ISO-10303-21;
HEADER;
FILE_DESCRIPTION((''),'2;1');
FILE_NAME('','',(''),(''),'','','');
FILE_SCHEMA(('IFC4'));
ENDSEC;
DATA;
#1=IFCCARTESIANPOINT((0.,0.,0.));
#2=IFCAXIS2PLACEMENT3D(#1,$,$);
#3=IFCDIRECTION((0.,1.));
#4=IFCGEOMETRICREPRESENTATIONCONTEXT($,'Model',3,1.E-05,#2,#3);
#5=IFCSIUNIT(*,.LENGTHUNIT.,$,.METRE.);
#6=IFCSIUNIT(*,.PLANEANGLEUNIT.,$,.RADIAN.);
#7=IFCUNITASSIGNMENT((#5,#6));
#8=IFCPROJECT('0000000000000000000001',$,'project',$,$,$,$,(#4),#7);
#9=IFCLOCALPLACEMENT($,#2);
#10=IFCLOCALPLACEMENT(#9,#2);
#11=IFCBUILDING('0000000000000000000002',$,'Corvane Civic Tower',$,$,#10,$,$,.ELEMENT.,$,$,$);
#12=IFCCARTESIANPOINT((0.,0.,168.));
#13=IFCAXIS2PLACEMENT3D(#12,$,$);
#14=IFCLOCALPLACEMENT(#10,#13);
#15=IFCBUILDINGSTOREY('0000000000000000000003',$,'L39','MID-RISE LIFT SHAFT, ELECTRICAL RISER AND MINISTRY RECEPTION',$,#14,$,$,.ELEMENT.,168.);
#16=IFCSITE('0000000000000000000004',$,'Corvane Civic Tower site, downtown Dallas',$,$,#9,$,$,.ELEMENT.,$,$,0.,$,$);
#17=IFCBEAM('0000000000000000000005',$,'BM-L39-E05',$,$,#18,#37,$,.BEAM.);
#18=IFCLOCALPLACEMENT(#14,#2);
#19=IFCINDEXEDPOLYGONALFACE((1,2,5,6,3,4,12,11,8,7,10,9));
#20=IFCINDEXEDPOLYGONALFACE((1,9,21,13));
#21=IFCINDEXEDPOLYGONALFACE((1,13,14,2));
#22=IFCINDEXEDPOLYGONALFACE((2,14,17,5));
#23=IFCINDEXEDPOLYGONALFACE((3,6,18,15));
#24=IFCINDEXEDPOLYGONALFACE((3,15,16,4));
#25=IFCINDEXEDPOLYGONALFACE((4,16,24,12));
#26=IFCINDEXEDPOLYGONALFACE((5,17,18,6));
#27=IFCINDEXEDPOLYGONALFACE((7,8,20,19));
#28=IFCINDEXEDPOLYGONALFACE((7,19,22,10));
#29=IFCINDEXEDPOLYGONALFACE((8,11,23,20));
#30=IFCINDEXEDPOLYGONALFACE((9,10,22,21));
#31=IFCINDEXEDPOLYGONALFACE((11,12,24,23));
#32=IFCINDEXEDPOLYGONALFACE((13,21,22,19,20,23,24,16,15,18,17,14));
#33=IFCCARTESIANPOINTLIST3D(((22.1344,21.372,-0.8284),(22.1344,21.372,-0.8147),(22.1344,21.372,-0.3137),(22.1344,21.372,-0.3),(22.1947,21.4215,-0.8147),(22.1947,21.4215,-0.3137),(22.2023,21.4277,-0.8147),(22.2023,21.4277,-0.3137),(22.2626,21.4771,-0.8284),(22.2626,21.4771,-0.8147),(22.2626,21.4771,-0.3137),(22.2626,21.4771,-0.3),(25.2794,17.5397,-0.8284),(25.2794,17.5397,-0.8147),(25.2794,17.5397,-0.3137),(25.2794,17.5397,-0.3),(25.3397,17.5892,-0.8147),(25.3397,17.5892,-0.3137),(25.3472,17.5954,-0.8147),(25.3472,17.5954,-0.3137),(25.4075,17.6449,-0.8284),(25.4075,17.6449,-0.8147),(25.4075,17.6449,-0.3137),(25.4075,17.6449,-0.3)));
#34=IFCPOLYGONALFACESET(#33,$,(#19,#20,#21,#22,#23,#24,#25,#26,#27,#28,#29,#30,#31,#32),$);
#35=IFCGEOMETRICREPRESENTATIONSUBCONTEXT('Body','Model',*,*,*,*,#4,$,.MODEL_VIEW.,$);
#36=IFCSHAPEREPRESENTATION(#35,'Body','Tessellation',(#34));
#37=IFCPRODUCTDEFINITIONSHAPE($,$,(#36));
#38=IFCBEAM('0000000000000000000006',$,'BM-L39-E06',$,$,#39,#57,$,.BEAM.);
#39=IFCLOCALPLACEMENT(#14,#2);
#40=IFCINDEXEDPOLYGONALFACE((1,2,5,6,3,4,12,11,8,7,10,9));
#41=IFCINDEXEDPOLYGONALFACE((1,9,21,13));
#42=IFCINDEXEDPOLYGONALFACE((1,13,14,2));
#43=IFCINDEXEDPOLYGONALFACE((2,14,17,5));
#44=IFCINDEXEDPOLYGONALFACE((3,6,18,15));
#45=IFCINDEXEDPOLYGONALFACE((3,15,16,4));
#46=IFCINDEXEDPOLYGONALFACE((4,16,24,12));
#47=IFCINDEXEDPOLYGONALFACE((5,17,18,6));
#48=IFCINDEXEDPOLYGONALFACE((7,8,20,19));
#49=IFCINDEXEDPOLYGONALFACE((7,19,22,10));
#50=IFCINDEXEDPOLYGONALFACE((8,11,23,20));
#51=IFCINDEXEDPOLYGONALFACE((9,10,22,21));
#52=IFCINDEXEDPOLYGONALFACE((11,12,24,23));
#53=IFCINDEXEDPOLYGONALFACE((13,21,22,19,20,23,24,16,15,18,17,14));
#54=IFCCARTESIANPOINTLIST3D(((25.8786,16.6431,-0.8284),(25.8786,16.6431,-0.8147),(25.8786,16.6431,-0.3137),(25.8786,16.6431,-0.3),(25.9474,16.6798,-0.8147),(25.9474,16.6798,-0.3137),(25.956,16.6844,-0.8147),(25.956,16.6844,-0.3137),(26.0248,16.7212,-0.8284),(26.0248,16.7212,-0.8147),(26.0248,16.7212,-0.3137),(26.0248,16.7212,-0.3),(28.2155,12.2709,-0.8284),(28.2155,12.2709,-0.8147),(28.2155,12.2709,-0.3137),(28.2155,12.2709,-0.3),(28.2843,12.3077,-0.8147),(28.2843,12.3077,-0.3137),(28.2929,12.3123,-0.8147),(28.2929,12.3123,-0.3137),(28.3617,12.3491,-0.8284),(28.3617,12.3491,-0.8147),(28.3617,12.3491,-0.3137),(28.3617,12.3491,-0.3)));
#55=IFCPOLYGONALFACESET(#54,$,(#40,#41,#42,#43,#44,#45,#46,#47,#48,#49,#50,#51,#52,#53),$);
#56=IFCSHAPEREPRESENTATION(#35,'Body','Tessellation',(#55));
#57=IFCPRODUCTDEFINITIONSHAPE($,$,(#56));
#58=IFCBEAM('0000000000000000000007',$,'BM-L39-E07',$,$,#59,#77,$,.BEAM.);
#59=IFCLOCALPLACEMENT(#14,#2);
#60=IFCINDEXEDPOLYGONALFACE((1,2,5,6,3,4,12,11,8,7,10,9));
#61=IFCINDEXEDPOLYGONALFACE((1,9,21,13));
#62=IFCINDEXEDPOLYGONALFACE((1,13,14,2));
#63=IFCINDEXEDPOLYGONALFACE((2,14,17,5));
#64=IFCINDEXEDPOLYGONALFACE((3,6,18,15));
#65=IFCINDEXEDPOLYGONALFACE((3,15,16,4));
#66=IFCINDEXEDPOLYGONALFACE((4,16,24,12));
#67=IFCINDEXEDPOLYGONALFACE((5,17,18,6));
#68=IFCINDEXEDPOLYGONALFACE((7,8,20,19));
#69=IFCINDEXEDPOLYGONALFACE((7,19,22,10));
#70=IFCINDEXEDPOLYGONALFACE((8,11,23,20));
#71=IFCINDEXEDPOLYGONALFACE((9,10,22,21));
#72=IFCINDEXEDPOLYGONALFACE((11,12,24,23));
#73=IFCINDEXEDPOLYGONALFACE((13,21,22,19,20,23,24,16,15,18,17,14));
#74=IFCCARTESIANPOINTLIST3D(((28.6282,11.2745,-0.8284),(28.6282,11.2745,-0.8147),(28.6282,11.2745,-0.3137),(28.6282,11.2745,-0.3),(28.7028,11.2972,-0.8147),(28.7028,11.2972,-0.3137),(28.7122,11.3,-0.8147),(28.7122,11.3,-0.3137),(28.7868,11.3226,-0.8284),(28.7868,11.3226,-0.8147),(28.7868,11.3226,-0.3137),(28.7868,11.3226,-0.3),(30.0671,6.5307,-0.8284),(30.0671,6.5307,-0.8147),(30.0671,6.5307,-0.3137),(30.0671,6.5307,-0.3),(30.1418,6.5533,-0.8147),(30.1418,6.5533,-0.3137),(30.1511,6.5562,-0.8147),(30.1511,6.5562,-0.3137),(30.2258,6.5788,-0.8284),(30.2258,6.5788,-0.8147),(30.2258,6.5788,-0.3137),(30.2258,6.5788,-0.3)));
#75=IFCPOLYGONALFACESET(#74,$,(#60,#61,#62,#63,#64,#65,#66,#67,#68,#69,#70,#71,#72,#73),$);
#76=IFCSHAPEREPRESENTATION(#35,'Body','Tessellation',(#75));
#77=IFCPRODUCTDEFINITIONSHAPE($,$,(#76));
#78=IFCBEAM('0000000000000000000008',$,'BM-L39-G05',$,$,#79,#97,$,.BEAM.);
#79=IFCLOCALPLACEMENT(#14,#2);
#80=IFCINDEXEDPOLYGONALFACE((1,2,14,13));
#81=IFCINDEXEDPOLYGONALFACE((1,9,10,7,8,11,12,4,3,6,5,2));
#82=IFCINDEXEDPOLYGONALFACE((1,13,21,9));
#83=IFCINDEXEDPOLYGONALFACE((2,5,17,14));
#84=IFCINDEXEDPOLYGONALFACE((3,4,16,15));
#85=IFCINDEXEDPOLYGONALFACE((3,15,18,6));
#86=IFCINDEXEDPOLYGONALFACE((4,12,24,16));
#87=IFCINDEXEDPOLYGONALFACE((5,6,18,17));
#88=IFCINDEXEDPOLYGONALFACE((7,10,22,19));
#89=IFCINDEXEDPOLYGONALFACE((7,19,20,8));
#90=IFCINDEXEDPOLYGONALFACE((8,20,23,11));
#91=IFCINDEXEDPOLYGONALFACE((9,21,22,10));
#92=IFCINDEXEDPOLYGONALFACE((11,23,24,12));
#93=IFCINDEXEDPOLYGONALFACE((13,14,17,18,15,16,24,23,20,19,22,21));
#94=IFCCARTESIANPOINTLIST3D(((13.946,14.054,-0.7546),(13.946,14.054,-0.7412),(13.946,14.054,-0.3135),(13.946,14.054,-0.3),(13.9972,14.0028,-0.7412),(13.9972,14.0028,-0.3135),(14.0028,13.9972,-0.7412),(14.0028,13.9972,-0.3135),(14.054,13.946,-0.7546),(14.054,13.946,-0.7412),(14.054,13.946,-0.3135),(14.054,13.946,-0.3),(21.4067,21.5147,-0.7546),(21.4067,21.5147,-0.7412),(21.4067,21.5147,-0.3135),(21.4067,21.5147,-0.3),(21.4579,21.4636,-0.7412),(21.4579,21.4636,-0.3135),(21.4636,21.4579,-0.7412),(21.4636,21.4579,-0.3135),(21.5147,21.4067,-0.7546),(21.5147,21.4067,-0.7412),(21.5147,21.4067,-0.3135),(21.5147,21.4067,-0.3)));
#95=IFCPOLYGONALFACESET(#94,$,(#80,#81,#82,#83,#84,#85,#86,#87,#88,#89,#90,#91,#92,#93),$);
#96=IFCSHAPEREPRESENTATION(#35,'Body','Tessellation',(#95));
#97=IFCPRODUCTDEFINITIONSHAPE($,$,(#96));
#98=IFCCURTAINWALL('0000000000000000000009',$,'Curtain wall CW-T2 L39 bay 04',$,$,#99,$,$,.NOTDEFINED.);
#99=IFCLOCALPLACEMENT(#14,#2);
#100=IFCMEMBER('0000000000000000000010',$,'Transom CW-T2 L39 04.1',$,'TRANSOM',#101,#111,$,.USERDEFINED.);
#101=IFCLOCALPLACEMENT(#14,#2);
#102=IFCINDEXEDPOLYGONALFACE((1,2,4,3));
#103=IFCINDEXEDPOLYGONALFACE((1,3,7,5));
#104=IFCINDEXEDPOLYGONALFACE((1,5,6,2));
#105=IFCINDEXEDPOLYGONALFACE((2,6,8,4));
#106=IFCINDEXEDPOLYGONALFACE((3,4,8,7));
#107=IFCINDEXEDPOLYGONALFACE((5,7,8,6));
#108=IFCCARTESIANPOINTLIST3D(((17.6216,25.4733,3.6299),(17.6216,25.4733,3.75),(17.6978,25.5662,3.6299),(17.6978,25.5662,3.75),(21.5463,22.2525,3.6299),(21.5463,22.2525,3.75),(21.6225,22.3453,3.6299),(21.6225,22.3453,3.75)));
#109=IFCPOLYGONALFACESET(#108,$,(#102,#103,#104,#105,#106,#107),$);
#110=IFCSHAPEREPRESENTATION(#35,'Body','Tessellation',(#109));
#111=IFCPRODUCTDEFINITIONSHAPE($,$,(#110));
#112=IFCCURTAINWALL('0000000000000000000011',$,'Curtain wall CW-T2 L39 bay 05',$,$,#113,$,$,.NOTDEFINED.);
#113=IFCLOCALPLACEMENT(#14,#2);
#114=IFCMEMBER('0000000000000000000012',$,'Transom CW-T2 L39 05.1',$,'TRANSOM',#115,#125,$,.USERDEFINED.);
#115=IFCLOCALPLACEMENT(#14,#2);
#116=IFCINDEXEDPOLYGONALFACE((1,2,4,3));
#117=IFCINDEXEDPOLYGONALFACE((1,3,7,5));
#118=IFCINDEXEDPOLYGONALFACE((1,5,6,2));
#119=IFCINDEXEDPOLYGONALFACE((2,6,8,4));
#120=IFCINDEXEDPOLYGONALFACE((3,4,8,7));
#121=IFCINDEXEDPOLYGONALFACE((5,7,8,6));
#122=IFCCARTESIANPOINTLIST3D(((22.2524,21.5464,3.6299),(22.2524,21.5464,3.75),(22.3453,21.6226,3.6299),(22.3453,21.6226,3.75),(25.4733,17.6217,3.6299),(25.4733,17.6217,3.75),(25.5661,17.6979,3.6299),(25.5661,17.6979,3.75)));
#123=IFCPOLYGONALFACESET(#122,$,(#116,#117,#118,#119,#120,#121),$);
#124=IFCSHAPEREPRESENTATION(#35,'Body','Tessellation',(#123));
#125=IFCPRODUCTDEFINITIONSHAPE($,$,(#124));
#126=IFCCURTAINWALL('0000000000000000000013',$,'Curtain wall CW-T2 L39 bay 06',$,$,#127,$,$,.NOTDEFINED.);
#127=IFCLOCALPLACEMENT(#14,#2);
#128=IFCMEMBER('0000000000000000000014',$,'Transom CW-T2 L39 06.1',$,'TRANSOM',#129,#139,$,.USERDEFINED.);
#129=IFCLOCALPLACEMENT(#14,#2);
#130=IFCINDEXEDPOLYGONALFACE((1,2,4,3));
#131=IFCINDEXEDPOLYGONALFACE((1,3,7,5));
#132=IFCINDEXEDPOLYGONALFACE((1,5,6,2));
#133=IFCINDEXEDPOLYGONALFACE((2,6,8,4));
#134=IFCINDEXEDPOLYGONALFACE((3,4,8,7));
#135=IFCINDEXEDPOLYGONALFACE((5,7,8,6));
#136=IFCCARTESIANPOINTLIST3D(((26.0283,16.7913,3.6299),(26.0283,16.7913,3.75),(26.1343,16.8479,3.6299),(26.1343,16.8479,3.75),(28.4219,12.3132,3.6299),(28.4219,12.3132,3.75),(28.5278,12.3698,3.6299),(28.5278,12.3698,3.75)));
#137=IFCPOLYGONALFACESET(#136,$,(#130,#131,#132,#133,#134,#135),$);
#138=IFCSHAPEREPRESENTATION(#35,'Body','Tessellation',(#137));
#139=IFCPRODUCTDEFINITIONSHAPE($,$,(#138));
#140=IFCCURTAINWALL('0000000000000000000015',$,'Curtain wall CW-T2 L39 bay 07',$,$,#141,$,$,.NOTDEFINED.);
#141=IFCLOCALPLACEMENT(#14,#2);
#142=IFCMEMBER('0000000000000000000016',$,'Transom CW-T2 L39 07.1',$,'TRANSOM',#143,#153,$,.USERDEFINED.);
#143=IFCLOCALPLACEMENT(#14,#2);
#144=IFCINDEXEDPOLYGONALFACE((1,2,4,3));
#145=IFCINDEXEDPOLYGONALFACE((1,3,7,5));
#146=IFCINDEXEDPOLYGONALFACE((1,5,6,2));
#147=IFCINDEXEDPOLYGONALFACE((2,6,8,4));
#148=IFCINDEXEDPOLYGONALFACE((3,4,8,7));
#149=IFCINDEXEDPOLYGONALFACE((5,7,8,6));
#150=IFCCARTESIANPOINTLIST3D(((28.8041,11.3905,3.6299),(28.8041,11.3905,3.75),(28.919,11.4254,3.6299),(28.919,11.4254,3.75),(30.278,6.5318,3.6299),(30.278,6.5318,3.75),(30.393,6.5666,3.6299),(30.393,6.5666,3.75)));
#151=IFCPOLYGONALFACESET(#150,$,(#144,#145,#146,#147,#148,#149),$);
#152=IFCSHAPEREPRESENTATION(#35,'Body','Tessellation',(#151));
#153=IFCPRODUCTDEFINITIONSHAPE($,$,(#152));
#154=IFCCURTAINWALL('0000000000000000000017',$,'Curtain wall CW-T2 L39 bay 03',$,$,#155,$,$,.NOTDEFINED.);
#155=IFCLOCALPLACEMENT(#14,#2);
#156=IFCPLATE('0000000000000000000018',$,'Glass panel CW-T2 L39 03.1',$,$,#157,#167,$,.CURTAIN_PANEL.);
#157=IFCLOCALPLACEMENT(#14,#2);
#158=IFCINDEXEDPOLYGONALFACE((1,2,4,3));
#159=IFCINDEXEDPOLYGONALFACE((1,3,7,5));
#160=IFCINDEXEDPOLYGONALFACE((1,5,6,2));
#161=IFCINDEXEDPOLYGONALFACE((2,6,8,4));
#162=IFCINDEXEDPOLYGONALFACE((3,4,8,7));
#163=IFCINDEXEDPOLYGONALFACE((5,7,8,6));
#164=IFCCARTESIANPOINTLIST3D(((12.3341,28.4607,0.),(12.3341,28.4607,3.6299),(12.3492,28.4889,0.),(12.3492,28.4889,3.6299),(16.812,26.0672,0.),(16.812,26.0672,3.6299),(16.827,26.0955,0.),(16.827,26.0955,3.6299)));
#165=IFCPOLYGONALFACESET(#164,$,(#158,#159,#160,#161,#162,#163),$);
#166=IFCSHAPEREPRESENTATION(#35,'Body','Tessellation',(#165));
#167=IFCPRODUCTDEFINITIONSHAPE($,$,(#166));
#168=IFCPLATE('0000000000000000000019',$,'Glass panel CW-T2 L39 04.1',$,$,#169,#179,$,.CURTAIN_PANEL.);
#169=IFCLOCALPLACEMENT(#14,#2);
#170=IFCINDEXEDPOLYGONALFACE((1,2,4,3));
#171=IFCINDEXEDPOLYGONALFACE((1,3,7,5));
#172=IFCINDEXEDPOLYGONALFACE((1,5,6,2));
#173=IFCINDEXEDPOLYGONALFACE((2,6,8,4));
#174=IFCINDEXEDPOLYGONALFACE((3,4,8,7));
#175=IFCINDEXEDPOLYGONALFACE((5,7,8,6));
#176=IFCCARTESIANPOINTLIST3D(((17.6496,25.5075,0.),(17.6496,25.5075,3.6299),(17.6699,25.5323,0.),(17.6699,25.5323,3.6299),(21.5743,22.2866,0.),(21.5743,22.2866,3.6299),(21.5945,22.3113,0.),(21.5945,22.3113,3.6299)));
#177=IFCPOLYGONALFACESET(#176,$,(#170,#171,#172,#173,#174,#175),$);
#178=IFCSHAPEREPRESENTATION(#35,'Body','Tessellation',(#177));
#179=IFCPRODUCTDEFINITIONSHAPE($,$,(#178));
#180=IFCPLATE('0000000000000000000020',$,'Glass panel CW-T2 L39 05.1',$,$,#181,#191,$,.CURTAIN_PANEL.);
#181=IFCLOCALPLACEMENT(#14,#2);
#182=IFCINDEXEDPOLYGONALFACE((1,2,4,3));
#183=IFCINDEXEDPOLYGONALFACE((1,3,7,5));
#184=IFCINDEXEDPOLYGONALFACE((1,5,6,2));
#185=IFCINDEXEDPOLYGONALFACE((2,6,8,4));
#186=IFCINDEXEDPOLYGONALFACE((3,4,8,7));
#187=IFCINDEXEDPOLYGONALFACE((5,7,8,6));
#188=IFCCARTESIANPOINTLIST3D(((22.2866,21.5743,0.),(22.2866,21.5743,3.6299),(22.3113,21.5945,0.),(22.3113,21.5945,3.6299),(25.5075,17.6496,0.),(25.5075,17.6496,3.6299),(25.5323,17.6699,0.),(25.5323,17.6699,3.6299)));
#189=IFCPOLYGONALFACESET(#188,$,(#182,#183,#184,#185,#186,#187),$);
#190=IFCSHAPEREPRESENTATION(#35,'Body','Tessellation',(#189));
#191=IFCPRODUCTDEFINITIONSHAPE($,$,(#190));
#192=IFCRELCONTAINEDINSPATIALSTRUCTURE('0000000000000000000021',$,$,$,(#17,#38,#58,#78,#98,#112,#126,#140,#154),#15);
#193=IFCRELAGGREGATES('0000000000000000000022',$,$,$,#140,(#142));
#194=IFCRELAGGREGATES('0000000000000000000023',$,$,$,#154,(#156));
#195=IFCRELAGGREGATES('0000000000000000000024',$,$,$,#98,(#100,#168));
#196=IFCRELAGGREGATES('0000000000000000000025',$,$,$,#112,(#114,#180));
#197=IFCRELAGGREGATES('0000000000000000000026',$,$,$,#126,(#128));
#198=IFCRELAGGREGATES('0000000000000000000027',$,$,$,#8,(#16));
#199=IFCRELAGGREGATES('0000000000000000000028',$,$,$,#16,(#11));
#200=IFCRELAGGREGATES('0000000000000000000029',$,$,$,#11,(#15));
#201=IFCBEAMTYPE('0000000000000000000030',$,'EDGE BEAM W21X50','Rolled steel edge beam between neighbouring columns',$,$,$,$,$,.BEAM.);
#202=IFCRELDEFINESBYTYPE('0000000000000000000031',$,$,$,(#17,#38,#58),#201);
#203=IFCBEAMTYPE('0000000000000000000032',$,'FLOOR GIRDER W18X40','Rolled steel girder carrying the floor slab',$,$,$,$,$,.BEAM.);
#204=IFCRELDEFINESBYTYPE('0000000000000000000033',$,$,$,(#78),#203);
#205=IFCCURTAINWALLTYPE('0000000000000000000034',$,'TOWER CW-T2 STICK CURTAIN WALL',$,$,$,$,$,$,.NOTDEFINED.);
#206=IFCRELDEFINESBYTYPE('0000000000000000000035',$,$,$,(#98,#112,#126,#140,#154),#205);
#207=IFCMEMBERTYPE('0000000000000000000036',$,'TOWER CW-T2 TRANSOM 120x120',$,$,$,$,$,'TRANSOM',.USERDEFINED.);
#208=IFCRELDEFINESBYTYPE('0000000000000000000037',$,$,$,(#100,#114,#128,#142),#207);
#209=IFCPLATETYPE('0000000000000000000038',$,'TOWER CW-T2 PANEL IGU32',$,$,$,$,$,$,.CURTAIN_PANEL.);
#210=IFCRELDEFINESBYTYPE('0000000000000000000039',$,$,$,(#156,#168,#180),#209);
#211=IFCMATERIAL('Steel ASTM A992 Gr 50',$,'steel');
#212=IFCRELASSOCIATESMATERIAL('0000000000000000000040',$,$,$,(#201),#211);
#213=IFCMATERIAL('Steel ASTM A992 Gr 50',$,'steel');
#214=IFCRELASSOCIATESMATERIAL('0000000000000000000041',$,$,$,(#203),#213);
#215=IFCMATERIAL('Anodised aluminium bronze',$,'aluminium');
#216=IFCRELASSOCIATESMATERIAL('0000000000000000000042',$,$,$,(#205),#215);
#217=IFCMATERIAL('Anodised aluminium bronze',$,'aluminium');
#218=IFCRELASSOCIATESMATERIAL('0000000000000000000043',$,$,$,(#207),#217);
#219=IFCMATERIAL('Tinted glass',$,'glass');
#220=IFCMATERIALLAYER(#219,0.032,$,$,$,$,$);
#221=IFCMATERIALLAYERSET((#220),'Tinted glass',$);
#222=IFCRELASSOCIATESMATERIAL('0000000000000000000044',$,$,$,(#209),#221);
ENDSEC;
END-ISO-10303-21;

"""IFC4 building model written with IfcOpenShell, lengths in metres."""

from ifc_helpers import new_model, si_unit, direction, frame, origin, origin_2d, place, context, subcontext, project, spatial, rectangle, i_section, extrude, material, layer, layer_set, material_profile, profile_set, type_object, element, aggregate, save


model = new_model("IFC4")

# Units and contexts
model_context = context("Model", 3, precision=1e-05, world=origin(), true_north=direction((0.0, 1.0)))
body_context = subcontext(model_context, "Body", "Model", "MODEL_VIEW")
ifc_project = project(units=[si_unit("LENGTHUNIT", "METRE"), si_unit("PLANEANGLEUNIT", "RADIAN")], contexts=[model_context])

# Site, building, storey
site_placement = place(None, origin())
site = spatial("IfcSite", under=ifc_project, at=site_placement, Name="Corvane Civic Tower site, downtown Dallas", CompositionType="ELEMENT", RefElevation=0.0)
building_placement = place(site_placement, origin())
building = spatial("IfcBuilding", under=site, at=building_placement, Name="Corvane Civic Tower", CompositionType="ELEMENT")
storey_placement = place(building_placement, frame((0.0, 0.0, 168.0)))
storey = spatial("IfcBuildingStorey", under=building, at=storey_placement, Name="L39", Description="MID-RISE LIFT SHAFT, ELECTRICAL RISER AND MINISTRY RECEPTION", CompositionType="ELEMENT", Elevation=168.0)

# Beams
ifc_material_1 = material(Name="Steel ASTM A992 Gr 50", Category="steel")
ifc_material_profile_1 = material_profile(ifc_material_1, i_section(OverallWidth=0.1658, OverallDepth=0.5283, WebThickness=0.0098, FlangeThickness=0.0137, at=origin_2d()), Name="W21X50")
ifc_profile_set_1 = profile_set([ifc_material_profile_1], Name="Steel ASTM A992 Gr 50")
beam_type_1 = type_object("IfcBeamType", Name="EDGE BEAM W21X50", Description="Rolled steel edge beam between neighbouring columns", PredefinedType="BEAM", material=ifc_profile_set_1)
for number, where, z_axis, x_axis, name in (
    (1, (22.1985, 21.4246, -0.5642), (0.634388, -0.773015, 0.0), (0.773015, 0.634388, 0.0), "BM-L39-E05"),
    (2, (25.9517, 16.6821, -0.5642), (0.471396, -0.881922, 0.0), (0.881922, 0.471396, 0.0), "BM-L39-E06"),
):
    element("IfcBeam", number, at=place(storey_placement, frame(where, z_axis=z_axis, x_axis=x_axis)), inside=storey, type_object=beam_type_1, Name=name, PredefinedType="BEAM", context=body_context, shape_type="SweptSolid", body=[
        extrude(i_section(OverallWidth=0.1658, OverallDepth=0.5283, WebThickness=0.0098, FlangeThickness=0.0137, at=origin_2d()), origin(), (0.0, 0.0, 1.0), 4.9575),
    ])
beam_1_placement = place(storey_placement, frame((28.7075, 11.2986, -0.5642), z_axis=(0.29027, -0.956945, 0.0), x_axis=(0.956945, 0.29027, 0.0)))
element("IfcBeam", 3, at=beam_1_placement, inside=storey, type_object=beam_type_1, Name="BM-L39-E07", PredefinedType="BEAM", context=body_context, shape_type="SweptSolid", body=[
    extrude(i_section(OverallWidth=0.1658, OverallDepth=0.5283, WebThickness=0.0098, FlangeThickness=0.0137, at=origin_2d()), origin(), (0.0, 0.0, 1.0), 4.9573),
])
ifc_material_2 = material(Name="Steel ASTM A992 Gr 50", Category="steel")
ifc_material_profile_2 = material_profile(ifc_material_2, i_section(OverallWidth=0.1528, OverallDepth=0.4546, WebThickness=0.0081, FlangeThickness=0.0134, at=origin_2d()), Name="W18X40")
ifc_profile_set_2 = profile_set([ifc_material_profile_2], Name="Steel ASTM A992 Gr 50")
beam_type_2 = type_object("IfcBeamType", Name="FLOOR GIRDER W18X40", Description="Rolled steel girder carrying the floor slab", PredefinedType="BEAM", material=ifc_profile_set_2)
beam_2_placement = place(storey_placement, frame((14.0, 14.0, -0.5273), z_axis=(0.707107, 0.707107, 0.0), x_axis=(-0.707107, 0.707107, 0.0)))
element("IfcBeam", 4, at=beam_2_placement, inside=storey, type_object=beam_type_2, Name="BM-L39-G05", PredefinedType="BEAM", context=body_context, shape_type="SweptSolid", body=[
    extrude(i_section(OverallWidth=0.1528, OverallDepth=0.4546, WebThickness=0.0081, FlangeThickness=0.0134, at=origin_2d()), origin(), (0.0, 0.0, 1.0), 10.551),
])

# Curtain walls, members
ifc_material_3 = material(Name="Anodised aluminium bronze", Category="aluminium")
curtain_wall_type = type_object("IfcCurtainWallType", Name="TOWER CW-T2 STICK CURTAIN WALL", PredefinedType="NOTDEFINED", material=ifc_material_3)
curtain_wall_1_placement = place(storey_placement, origin())
curtain_wall_1 = element("IfcCurtainWall", 5, at=curtain_wall_1_placement, inside=storey, type_object=curtain_wall_type, Name="Curtain wall CW-T2 L39 bay 04", PredefinedType="NOTDEFINED")
ifc_material_4 = material(Name="Anodised aluminium bronze", Category="aluminium")
ifc_material_profile_3 = material_profile(ifc_material_4, rectangle(XDim=0.1201, YDim=0.1201, at=origin_2d()), Name="TOWER CW-T2 TRANSOM 120x120")
ifc_profile_set_3 = profile_set([ifc_material_profile_3], Name="Anodised aluminium bronze")
member_type = type_object("IfcMemberType", Name="TOWER CW-T2 TRANSOM 120x120", ElementType="TRANSOM", PredefinedType="USERDEFINED", material=ifc_profile_set_3)
member_1_placement = place(storey_placement, frame((17.6597, 25.5198, 3.6899), z_axis=(0.773016, -0.634387, 0.0), x_axis=(0.634387, 0.773016, 0.0)))
member_1 = element("IfcMember", 6, at=member_1_placement, type_object=member_type, Name="Transom CW-T2 L39 04.1", ObjectType="TRANSOM", PredefinedType="USERDEFINED", context=body_context, shape_type="SweptSolid", body=[
    extrude(rectangle(XDim=0.1201, YDim=0.1201, at=origin_2d()), origin(), (0.0, 0.0, 1.0), 5.0771),
])
curtain_wall_2_placement = place(storey_placement, origin())
curtain_wall_2 = element("IfcCurtainWall", 7, at=curtain_wall_2_placement, inside=storey, type_object=curtain_wall_type, Name="Curtain wall CW-T2 L39 bay 05", PredefinedType="NOTDEFINED")
member_2_placement = place(storey_placement, frame((22.2988, 21.5845, 3.6899), z_axis=(0.634387, -0.773016, 0.0), x_axis=(0.773016, 0.634387, 0.0)))
member_2 = element("IfcMember", 8, at=member_2_placement, type_object=member_type, Name="Transom CW-T2 L39 05.1", ObjectType="TRANSOM", PredefinedType="USERDEFINED", context=body_context, shape_type="SweptSolid", body=[
    extrude(rectangle(XDim=0.1201, YDim=0.1201, at=origin_2d()), origin(), (0.0, 0.0, 1.0), 5.0771),
])
curtain_wall_3_placement = place(storey_placement, origin())
curtain_wall_3 = element("IfcCurtainWall", 9, at=curtain_wall_3_placement, inside=storey, type_object=curtain_wall_type, Name="Curtain wall CW-T2 L39 bay 06", PredefinedType="NOTDEFINED")
member_3_placement = place(storey_placement, frame((26.0813, 16.8196, 3.6899), z_axis=(0.471397, -0.881921, 0.0), x_axis=(0.881921, 0.471397, 0.0)))
member_3 = element("IfcMember", 10, at=member_3_placement, type_object=member_type, Name="Transom CW-T2 L39 06.1", ObjectType="TRANSOM", PredefinedType="USERDEFINED", context=body_context, shape_type="SweptSolid", body=[
    extrude(rectangle(XDim=0.1201, YDim=0.1201, at=origin_2d()), origin(), (0.0, 0.0, 1.0), 5.0776),
])
curtain_wall_4_placement = place(storey_placement, origin())
curtain_wall_4 = element("IfcCurtainWall", 11, at=curtain_wall_4_placement, inside=storey, type_object=curtain_wall_type, Name="Curtain wall CW-T2 L39 bay 07", PredefinedType="NOTDEFINED")
member_4_placement = place(storey_placement, frame((28.8616, 11.408, 3.6899), z_axis=(0.290289, -0.956939, 0.0), x_axis=(0.956939, 0.290289, 0.0)))
member_4 = element("IfcMember", 12, at=member_4_placement, type_object=member_type, Name="Transom CW-T2 L39 07.1", ObjectType="TRANSOM", PredefinedType="USERDEFINED", context=body_context, shape_type="SweptSolid", body=[
    extrude(rectangle(XDim=0.1201, YDim=0.1201, at=origin_2d()), origin(), (0.0, 0.0, 1.0), 5.0774),
])
aggregate(curtain_wall_4, [member_4])

# Curtain wall, plate
curtain_wall_5_placement = place(storey_placement, origin())
curtain_wall_5 = element("IfcCurtainWall", 13, at=curtain_wall_5_placement, inside=storey, type_object=curtain_wall_type, Name="Curtain wall CW-T2 L39 bay 03", PredefinedType="NOTDEFINED")
ifc_material_5 = material(Name="Tinted glass", Category="glass")
ifc_layer_1 = layer(ifc_material_5, 0.032)
ifc_layer_set_1 = layer_set([ifc_layer_1], Name="Tinted glass")
plate_type = type_object("IfcPlateType", Name="TOWER CW-T2 PANEL IGU32", PredefinedType="CURTAIN_PANEL", material=ifc_layer_set_1)
plate_1_placement = place(storey_placement, frame((14.5806, 27.2781, 0.0), z_axis=(0.0, 0.0, 1.0), x_axis=(0.881922, -0.471395, 0.0)))
plate_1 = element("IfcPlate", 14, at=plate_1_placement, type_object=plate_type, Name="Glass panel CW-T2 L39 03.1", PredefinedType="CURTAIN_PANEL", context=body_context, shape_type="SweptSolid", body=[
    extrude(rectangle(XDim=5.0774, YDim=0.032, at=origin_2d()), origin(), (0.0, 0.0, 1.0), 3.6299),
])
aggregate(curtain_wall_5, [plate_1])

# Plates
plate_2_placement = place(storey_placement, frame((19.6221, 23.9094, 0.0), z_axis=(0.0, 0.0, 1.0), x_axis=(0.773005, -0.6344, 0.0)))
plate_2 = element("IfcPlate", 15, at=plate_2_placement, type_object=plate_type, Name="Glass panel CW-T2 L39 04.1", PredefinedType="CURTAIN_PANEL", context=body_context, shape_type="SweptSolid", body=[
    extrude(rectangle(XDim=5.0771, YDim=0.032, at=origin_2d()), origin(), (0.0, 0.0, 1.0), 3.6299),
])
aggregate(curtain_wall_1, [member_1, plate_2])
plate_3_placement = place(storey_placement, frame((23.9094, 19.6221, 0.0), z_axis=(0.0, 0.0, 1.0), x_axis=(0.6344, -0.773005, 0.0)))
plate_3 = element("IfcPlate", 16, at=plate_3_placement, type_object=plate_type, Name="Glass panel CW-T2 L39 05.1", PredefinedType="CURTAIN_PANEL", context=body_context, shape_type="SweptSolid", body=[
    extrude(rectangle(XDim=5.0771, YDim=0.032, at=origin_2d()), origin(), (0.0, 0.0, 1.0), 3.6299),
])
aggregate(curtain_wall_2, [member_2, plate_3])
aggregate(curtain_wall_3, [member_3])

save(model, "model.ifc")
